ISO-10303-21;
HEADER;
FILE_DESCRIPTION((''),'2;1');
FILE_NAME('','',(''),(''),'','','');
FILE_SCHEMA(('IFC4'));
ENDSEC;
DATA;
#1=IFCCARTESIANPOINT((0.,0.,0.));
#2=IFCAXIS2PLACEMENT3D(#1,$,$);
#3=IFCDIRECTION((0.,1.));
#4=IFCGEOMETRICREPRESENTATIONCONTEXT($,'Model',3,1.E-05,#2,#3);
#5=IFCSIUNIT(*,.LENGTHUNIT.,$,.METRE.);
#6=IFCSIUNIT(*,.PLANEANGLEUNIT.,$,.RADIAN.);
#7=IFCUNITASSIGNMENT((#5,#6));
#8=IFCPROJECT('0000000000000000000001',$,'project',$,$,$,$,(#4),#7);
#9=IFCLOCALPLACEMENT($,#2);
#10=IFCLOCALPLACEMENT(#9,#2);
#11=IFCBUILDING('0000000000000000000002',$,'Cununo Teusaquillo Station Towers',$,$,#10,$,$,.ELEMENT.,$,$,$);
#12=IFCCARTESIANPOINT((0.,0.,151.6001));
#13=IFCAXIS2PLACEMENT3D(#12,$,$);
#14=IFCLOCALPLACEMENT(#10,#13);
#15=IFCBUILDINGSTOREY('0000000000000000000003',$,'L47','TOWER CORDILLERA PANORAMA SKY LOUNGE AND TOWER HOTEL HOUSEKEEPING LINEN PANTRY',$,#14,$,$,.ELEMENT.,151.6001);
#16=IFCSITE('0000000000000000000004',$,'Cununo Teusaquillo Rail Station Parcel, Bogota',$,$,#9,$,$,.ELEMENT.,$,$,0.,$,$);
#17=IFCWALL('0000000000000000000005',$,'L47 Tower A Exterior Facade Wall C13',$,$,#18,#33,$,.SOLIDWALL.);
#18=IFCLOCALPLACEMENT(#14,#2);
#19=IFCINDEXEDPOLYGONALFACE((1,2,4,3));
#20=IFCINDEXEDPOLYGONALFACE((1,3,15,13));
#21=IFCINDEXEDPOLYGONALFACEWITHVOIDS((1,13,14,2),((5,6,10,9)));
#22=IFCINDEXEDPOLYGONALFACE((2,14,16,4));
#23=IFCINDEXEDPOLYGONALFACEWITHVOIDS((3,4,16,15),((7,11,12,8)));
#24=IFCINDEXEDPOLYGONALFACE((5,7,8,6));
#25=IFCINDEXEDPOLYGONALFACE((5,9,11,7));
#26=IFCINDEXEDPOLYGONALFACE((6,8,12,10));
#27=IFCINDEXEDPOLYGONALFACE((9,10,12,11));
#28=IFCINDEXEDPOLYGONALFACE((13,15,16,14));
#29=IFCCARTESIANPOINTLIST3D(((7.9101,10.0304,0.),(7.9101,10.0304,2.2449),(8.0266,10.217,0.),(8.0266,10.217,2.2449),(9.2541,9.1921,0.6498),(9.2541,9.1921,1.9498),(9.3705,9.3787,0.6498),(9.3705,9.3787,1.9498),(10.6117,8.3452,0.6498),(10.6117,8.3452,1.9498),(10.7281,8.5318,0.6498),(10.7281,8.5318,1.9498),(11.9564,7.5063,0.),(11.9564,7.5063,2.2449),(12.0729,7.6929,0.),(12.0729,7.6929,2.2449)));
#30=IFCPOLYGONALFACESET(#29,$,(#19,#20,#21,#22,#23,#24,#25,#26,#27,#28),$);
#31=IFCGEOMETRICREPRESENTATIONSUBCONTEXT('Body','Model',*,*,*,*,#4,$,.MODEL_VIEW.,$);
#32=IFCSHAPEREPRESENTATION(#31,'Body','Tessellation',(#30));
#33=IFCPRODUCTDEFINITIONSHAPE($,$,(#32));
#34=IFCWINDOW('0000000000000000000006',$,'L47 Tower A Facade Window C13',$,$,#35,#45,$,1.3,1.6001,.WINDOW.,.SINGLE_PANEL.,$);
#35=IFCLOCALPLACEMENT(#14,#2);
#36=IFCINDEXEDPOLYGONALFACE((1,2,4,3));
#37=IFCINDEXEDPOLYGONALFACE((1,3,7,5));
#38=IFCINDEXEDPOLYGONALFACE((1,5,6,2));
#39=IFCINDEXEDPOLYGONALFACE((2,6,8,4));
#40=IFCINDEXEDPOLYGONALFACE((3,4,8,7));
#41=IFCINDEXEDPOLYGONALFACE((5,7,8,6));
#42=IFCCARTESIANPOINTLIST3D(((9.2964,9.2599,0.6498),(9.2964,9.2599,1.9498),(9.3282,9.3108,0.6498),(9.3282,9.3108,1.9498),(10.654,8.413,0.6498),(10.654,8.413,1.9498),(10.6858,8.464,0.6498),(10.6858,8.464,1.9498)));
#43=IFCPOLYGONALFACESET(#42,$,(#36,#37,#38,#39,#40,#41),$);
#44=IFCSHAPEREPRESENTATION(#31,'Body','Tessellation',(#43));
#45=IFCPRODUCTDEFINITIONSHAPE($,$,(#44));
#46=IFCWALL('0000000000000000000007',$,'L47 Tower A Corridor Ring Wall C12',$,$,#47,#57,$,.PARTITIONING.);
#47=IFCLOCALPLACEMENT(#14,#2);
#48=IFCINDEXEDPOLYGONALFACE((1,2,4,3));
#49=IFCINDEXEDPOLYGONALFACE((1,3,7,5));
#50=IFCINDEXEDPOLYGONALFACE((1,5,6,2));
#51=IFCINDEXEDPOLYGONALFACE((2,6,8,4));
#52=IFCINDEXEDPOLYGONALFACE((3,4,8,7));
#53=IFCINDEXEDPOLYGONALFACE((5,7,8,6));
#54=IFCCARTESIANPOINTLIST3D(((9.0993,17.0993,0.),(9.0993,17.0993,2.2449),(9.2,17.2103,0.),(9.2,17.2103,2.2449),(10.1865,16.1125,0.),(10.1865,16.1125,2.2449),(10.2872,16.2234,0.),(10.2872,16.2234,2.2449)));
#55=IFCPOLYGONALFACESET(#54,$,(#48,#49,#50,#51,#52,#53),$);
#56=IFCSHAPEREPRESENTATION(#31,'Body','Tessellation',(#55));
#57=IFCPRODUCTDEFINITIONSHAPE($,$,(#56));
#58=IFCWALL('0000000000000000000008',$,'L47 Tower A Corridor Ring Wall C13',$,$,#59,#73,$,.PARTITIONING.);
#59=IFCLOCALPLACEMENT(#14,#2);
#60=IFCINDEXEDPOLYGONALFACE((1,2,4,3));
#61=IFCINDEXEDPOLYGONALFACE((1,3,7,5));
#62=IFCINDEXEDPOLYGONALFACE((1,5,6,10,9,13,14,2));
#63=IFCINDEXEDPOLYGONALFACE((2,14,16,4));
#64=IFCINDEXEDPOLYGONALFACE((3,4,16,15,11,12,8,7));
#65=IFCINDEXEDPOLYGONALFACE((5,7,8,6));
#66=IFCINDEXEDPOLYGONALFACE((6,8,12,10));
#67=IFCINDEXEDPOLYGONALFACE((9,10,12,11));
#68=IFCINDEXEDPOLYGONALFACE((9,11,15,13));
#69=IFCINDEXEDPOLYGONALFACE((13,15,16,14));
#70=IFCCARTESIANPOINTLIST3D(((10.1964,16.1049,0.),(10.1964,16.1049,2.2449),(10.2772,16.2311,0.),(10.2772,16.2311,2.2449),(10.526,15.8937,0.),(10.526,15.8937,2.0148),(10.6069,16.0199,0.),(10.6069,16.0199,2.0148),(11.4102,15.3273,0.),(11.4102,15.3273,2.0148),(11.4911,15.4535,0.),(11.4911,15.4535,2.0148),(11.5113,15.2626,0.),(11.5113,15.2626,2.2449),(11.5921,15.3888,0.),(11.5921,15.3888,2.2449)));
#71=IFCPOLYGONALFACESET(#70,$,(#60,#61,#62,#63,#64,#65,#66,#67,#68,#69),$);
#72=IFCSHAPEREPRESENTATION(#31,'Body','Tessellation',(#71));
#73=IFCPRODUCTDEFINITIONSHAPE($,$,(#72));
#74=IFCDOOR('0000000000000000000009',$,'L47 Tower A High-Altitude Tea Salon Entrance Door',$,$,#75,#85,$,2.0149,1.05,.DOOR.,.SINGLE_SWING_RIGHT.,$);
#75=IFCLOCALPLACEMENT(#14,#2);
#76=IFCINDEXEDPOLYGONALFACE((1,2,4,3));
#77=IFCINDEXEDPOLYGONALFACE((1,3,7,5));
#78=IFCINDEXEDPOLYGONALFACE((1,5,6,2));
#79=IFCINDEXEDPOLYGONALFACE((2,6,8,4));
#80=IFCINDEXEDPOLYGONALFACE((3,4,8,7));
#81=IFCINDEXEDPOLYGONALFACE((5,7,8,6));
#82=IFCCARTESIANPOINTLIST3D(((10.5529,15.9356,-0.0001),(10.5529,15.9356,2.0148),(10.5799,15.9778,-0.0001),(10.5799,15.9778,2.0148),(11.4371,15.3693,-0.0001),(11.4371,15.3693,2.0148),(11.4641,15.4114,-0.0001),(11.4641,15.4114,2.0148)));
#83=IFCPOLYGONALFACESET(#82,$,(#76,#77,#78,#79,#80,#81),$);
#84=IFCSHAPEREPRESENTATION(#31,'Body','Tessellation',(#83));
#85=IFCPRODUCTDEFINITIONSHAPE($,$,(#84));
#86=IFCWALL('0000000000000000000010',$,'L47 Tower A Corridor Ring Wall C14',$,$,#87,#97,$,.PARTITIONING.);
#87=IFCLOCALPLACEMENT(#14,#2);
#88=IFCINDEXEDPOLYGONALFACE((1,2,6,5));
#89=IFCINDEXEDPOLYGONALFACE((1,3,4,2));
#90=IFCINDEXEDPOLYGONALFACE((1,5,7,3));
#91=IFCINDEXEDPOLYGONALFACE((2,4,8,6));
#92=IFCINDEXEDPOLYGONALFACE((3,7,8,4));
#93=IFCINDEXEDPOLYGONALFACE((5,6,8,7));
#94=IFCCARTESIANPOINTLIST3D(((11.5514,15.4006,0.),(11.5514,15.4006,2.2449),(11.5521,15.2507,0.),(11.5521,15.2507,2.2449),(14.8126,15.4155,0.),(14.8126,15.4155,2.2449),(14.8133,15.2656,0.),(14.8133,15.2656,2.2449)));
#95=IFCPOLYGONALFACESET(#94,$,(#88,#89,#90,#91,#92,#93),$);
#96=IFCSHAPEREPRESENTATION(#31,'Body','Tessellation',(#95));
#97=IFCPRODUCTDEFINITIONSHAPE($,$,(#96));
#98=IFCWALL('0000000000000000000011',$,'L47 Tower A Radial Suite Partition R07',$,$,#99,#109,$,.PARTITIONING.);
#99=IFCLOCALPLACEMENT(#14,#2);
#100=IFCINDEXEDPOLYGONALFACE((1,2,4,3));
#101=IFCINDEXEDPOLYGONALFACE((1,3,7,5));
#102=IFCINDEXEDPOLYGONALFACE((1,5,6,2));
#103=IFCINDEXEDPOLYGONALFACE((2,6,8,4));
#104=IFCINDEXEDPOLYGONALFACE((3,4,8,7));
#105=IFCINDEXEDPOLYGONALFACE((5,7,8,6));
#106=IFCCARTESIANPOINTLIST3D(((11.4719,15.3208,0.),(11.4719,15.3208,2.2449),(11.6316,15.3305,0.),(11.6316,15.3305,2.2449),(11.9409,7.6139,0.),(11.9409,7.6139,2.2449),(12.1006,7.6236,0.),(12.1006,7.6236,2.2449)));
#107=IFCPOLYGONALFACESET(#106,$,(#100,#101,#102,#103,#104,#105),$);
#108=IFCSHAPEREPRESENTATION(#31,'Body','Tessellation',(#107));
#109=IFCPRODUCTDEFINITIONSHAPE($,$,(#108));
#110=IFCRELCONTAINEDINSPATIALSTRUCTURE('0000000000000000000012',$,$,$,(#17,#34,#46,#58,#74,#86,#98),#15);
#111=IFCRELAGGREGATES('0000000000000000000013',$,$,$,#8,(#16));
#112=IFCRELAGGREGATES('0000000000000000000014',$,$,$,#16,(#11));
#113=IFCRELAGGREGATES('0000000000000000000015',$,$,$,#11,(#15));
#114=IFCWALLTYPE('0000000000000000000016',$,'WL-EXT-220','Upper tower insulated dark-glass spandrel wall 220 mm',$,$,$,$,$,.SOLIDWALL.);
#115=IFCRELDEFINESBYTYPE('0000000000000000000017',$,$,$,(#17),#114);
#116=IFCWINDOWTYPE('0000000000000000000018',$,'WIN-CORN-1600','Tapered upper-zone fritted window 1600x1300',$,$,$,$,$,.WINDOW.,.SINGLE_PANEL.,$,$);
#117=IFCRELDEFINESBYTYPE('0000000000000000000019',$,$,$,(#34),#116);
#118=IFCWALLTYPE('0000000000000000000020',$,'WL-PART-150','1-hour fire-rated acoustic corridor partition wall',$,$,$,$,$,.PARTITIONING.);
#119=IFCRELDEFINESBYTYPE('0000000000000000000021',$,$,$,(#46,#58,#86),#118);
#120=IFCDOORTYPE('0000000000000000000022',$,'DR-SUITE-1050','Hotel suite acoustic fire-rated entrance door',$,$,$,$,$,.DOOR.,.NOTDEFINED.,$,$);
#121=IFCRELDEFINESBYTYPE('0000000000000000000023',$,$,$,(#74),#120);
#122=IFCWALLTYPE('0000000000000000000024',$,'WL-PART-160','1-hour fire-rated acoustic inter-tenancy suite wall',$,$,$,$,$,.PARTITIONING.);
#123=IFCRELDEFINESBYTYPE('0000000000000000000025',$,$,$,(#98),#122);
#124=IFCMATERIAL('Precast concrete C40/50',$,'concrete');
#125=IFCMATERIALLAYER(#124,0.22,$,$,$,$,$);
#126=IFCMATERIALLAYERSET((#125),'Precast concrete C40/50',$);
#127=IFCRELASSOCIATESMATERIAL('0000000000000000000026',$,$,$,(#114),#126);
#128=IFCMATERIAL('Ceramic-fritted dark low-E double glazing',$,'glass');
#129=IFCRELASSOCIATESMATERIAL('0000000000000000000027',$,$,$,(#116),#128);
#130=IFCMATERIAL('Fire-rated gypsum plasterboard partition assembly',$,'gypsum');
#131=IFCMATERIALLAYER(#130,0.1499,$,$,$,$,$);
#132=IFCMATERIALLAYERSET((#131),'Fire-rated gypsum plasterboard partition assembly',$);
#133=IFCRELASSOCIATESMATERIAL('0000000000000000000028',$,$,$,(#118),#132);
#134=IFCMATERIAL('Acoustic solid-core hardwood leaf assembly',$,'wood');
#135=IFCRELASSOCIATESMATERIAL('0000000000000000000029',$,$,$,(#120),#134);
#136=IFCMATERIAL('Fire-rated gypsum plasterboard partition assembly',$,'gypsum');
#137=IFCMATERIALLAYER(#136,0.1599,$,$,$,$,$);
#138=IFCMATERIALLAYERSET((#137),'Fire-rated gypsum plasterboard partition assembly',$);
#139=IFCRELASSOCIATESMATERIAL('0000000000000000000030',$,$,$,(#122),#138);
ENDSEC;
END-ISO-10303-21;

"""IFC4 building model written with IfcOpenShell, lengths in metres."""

from ifc_helpers import new_model, si_unit, direction, frame, frame_2d, origin, place, context, subcontext, project, spatial, rectangle, extrude, source, transform, mapped, material, layer, layer_set, type_object, element, fill, save


model = new_model("IFC4")

# Units and contexts
model_context = context("Model", 3, precision=1e-05, world=origin(), true_north=direction((0.0, 1.0)))
body_context = subcontext(model_context, "Body", "Model", "MODEL_VIEW")
ifc_project = project(units=[si_unit("LENGTHUNIT", "METRE"), si_unit("PLANEANGLEUNIT", "RADIAN")], contexts=[model_context])

# Site, building, storey
site_placement = place(None, origin())
site = spatial("IfcSite", under=ifc_project, at=site_placement, Name="Cununo Teusaquillo Rail Station Parcel, Bogota", CompositionType="ELEMENT", RefElevation=0.0)
building_placement = place(site_placement, origin())
building = spatial("IfcBuilding", under=site, at=building_placement, Name="Cununo Teusaquillo Station Towers", CompositionType="ELEMENT")
storey_placement = place(building_placement, frame((0.0, 0.0, 151.6001)))
storey = spatial("IfcBuildingStorey", under=building, at=storey_placement, Name="L47", Description="TOWER CORDILLERA PANORAMA SKY LOUNGE AND TOWER HOTEL HOUSEKEEPING LINEN PANTRY", CompositionType="ELEMENT", Elevation=151.6001)

# Shared definitions
ifc_material_1 = material(Name="Precast concrete C40/50", Category="concrete")
ifc_layer_1 = layer(ifc_material_1, 0.22)
ifc_layer_set_1 = layer_set([ifc_layer_1], Name="Precast concrete C40/50")
wall_type_1 = type_object("IfcWallType", Name="WL-EXT-220", Description="Upper tower insulated dark-glass spandrel wall 220 mm", PredefinedType="SOLIDWALL", material=ifc_layer_set_1)
shared_shape_1 = source(origin(), body_context, "Body", "SweptSolid", [
    extrude(rectangle(XDim=1.6001, YDim=1.3, at=frame_2d((0.8, 0.6499))), frame((0.0, 0.1199, 0.0), z_axis=(0.0, -1.0, 0.0), x_axis=(1.0, 0.0, 0.0)), (0.0, 0.0, 1.0), 0.24),
])
ifc_material_2 = material(Name="Ceramic-fritted dark low-E double glazing", Category="glass")
window_type = type_object("IfcWindowType", Name="WIN-CORN-1600", Description="Tapered upper-zone fritted window 1600x1300", PartitioningType="SINGLE_PANEL", PredefinedType="WINDOW", material=ifc_material_2)
shared_shape_2 = source(origin(), body_context, "Body", "SweptSolid", [
    extrude(rectangle(XDim=1.6001, YDim=1.3, at=frame_2d((0.8, 0.6499))), frame((0.0, 0.03, 0.0), z_axis=(0.0, -1.0, 0.0), x_axis=(1.0, 0.0, 0.0)), (0.0, 0.0, 1.0), 0.0601),
])

# Wall, opening, window
wall_1_placement = place(storey_placement, frame((12.0146, 7.5996, 0.0), z_axis=(0.0, 0.0, 1.0), x_axis=(-0.848452, 0.529272, 0.0)))
wall_1 = element("IfcWall", 1, at=wall_1_placement, inside=storey, type_object=wall_type_1, Name="L47 Tower A Exterior Facade Wall C13", PredefinedType="SOLIDWALL", context=body_context, shape_type="SweptSolid", body=[
    extrude(rectangle(XDim=4.769, YDim=0.22, at=frame_2d((2.3845, 0.0))), origin(), (0.0, 0.0, 1.0), 2.2449),
])
opening_1_placement = place(wall_1_placement, frame((1.585, 0.0, 0.6499)))
opening_1 = element("IfcOpeningElement", 2, at=opening_1_placement, cuts=wall_1, PredefinedType="OPENING", context=body_context, shape_type="MappedRepresentation", body=[
    mapped(shared_shape_1, transform((0.0, 0.0, 0.0), x_axis=(1.0, 0.0, 0.0), y_axis=(0.0, 1.0, 0.0), z_axis=(0.0, 0.0, 1.0), scale=1.0)),
])
window_1_placement = place(opening_1_placement, origin())
window_1 = element("IfcWindow", 3, at=window_1_placement, inside=storey, type_object=window_type, Name="L47 Tower A Facade Window C13", OverallHeight=1.3, OverallWidth=1.6001, PartitioningType="SINGLE_PANEL", PredefinedType="WINDOW", context=body_context, shape_type="MappedRepresentation", body=[
    mapped(shared_shape_2, transform((0.0, 0.0, 0.0), x_axis=(1.0, 0.0, 0.0), y_axis=(0.0, 1.0, 0.0), z_axis=(0.0, 0.0, 1.0), scale=1.0)),
])
fill(opening_1, window_1)

# Wall
ifc_material_3 = material(Name="Fire-rated gypsum plasterboard partition assembly", Category="gypsum")
ifc_layer_2 = layer(ifc_material_3, 0.1499)
ifc_layer_set_2 = layer_set([ifc_layer_2], Name="Fire-rated gypsum plasterboard partition assembly")
wall_type_2 = type_object("IfcWallType", Name="WL-PART-150", Description="1-hour fire-rated acoustic corridor partition wall", PredefinedType="PARTITIONING", material=ifc_layer_set_2)
wall_2_placement = place(storey_placement, frame((9.1497, 17.1548, 0.0), z_axis=(0.0, 0.0, 1.0), x_axis=(0.740451, -0.67211, 0.0)))
element("IfcWall", 4, at=wall_2_placement, inside=storey, type_object=wall_type_2, Name="L47 Tower A Corridor Ring Wall C12", PredefinedType="PARTITIONING", context=body_context, shape_type="SweptSolid", body=[
    extrude(rectangle(XDim=1.4683, YDim=0.1499, at=frame_2d((0.7341, 0.0))), origin(), (0.0, 0.0, 1.0), 2.2449),
])

# Wall, opening, door
wall_3_placement = place(storey_placement, frame((10.2368, 16.168, 0.0), z_axis=(0.0, 0.0, 1.0), x_axis=(0.842061, -0.539382, 0.0)))
wall_3 = element("IfcWall", 5, at=wall_3_placement, inside=storey, type_object=wall_type_2, Name="L47 Tower A Corridor Ring Wall C13", PredefinedType="PARTITIONING", context=body_context, shape_type="SweptSolid", body=[
    extrude(rectangle(XDim=1.5615, YDim=0.1499, at=frame_2d((0.7808, 0.0))), origin(), (0.0, 0.0, 1.0), 2.2449),
])
shared_shape_3 = source(origin(), body_context, "Body", "SweptSolid", [
    extrude(rectangle(XDim=1.05, YDim=2.0149, at=frame_2d((0.5249, 1.0073))), frame((0.0, 0.085, 0.0), z_axis=(0.0, -1.0, 0.0), x_axis=(1.0, 0.0, 0.0)), (0.0, 0.0, 1.0), 0.1699),
])
opening_2_placement = place(wall_3_placement, frame((0.3916, 0.0, 0.0)))
opening_2 = element("IfcOpeningElement", 6, at=opening_2_placement, cuts=wall_3, PredefinedType="OPENING", context=body_context, shape_type="MappedRepresentation", body=[
    mapped(shared_shape_3, transform((0.0, 0.0, 0.0), x_axis=(1.0, 0.0, 0.0), y_axis=(0.0, 1.0, 0.0), z_axis=(0.0, 0.0, 1.0), scale=1.0)),
])
ifc_material_4 = material(Name="Acoustic solid-core hardwood leaf assembly", Category="wood")
door_type = type_object("IfcDoorType", Name="DR-SUITE-1050", Description="Hotel suite acoustic fire-rated entrance door", OperationType="NOTDEFINED", PredefinedType="DOOR", material=ifc_material_4)
shared_shape_4 = source(origin(), body_context, "Body", "SweptSolid", [
    extrude(rectangle(XDim=1.05, YDim=2.0149, at=frame_2d((0.5249, 1.0073))), frame((0.0, 0.0249, 0.0), z_axis=(0.0, -1.0, 0.0), x_axis=(1.0, 0.0, 0.0)), (0.0, 0.0, 1.0), 0.05),
])
door_placement = place(opening_2_placement, origin())
door = element("IfcDoor", 7, at=door_placement, inside=storey, type_object=door_type, Name="L47 Tower A High-Altitude Tea Salon Entrance Door", OperationType="SINGLE_SWING_RIGHT", OverallHeight=2.0149, OverallWidth=1.05, PredefinedType="DOOR", context=body_context, shape_type="MappedRepresentation", body=[
    mapped(shared_shape_4, transform((0.0, 0.0, 0.0), x_axis=(1.0, 0.0, 0.0), y_axis=(0.0, 1.0, 0.0), z_axis=(0.0, 0.0, 1.0), scale=1.0)),
])
fill(opening_2, door)

# Walls
wall_4_placement = place(storey_placement, frame((11.5518, 15.3257, 0.0), z_axis=(0.0, 0.0, 1.0), x_axis=(0.99999, 0.004567, 0.0)))
element("IfcWall", 8, at=wall_4_placement, inside=storey, type_object=wall_type_2, Name="L47 Tower A Corridor Ring Wall C14", PredefinedType="PARTITIONING", context=body_context, shape_type="SweptSolid", body=[
    extrude(rectangle(XDim=3.2612, YDim=0.1499, at=frame_2d((1.6306, 0.0))), origin(), (0.0, 0.0, 1.0), 2.2449),
])
ifc_material_5 = material(Name="Fire-rated gypsum plasterboard partition assembly", Category="gypsum")
ifc_layer_3 = layer(ifc_material_5, 0.1599)
ifc_layer_set_3 = layer_set([ifc_layer_3], Name="Fire-rated gypsum plasterboard partition assembly")
wall_type_3 = type_object("IfcWallType", Name="WL-PART-160", Description="1-hour fire-rated acoustic inter-tenancy suite wall", PredefinedType="PARTITIONING", material=ifc_layer_set_3)
wall_5_placement = place(storey_placement, frame((11.5518, 15.3257, 0.0), z_axis=(0.0, 0.0, 1.0), x_axis=(0.06074, -0.998154, 0.0)))
element("IfcWall", 9, at=wall_5_placement, inside=storey, type_object=wall_type_3, Name="L47 Tower A Radial Suite Partition R07", PredefinedType="PARTITIONING", context=body_context, shape_type="SweptSolid", body=[
    extrude(rectangle(XDim=7.7212, YDim=0.1599, at=frame_2d((3.8606, 0.0))), origin(), (0.0, 0.0, 1.0), 2.2449),
])

save(model, "model.ifc")
